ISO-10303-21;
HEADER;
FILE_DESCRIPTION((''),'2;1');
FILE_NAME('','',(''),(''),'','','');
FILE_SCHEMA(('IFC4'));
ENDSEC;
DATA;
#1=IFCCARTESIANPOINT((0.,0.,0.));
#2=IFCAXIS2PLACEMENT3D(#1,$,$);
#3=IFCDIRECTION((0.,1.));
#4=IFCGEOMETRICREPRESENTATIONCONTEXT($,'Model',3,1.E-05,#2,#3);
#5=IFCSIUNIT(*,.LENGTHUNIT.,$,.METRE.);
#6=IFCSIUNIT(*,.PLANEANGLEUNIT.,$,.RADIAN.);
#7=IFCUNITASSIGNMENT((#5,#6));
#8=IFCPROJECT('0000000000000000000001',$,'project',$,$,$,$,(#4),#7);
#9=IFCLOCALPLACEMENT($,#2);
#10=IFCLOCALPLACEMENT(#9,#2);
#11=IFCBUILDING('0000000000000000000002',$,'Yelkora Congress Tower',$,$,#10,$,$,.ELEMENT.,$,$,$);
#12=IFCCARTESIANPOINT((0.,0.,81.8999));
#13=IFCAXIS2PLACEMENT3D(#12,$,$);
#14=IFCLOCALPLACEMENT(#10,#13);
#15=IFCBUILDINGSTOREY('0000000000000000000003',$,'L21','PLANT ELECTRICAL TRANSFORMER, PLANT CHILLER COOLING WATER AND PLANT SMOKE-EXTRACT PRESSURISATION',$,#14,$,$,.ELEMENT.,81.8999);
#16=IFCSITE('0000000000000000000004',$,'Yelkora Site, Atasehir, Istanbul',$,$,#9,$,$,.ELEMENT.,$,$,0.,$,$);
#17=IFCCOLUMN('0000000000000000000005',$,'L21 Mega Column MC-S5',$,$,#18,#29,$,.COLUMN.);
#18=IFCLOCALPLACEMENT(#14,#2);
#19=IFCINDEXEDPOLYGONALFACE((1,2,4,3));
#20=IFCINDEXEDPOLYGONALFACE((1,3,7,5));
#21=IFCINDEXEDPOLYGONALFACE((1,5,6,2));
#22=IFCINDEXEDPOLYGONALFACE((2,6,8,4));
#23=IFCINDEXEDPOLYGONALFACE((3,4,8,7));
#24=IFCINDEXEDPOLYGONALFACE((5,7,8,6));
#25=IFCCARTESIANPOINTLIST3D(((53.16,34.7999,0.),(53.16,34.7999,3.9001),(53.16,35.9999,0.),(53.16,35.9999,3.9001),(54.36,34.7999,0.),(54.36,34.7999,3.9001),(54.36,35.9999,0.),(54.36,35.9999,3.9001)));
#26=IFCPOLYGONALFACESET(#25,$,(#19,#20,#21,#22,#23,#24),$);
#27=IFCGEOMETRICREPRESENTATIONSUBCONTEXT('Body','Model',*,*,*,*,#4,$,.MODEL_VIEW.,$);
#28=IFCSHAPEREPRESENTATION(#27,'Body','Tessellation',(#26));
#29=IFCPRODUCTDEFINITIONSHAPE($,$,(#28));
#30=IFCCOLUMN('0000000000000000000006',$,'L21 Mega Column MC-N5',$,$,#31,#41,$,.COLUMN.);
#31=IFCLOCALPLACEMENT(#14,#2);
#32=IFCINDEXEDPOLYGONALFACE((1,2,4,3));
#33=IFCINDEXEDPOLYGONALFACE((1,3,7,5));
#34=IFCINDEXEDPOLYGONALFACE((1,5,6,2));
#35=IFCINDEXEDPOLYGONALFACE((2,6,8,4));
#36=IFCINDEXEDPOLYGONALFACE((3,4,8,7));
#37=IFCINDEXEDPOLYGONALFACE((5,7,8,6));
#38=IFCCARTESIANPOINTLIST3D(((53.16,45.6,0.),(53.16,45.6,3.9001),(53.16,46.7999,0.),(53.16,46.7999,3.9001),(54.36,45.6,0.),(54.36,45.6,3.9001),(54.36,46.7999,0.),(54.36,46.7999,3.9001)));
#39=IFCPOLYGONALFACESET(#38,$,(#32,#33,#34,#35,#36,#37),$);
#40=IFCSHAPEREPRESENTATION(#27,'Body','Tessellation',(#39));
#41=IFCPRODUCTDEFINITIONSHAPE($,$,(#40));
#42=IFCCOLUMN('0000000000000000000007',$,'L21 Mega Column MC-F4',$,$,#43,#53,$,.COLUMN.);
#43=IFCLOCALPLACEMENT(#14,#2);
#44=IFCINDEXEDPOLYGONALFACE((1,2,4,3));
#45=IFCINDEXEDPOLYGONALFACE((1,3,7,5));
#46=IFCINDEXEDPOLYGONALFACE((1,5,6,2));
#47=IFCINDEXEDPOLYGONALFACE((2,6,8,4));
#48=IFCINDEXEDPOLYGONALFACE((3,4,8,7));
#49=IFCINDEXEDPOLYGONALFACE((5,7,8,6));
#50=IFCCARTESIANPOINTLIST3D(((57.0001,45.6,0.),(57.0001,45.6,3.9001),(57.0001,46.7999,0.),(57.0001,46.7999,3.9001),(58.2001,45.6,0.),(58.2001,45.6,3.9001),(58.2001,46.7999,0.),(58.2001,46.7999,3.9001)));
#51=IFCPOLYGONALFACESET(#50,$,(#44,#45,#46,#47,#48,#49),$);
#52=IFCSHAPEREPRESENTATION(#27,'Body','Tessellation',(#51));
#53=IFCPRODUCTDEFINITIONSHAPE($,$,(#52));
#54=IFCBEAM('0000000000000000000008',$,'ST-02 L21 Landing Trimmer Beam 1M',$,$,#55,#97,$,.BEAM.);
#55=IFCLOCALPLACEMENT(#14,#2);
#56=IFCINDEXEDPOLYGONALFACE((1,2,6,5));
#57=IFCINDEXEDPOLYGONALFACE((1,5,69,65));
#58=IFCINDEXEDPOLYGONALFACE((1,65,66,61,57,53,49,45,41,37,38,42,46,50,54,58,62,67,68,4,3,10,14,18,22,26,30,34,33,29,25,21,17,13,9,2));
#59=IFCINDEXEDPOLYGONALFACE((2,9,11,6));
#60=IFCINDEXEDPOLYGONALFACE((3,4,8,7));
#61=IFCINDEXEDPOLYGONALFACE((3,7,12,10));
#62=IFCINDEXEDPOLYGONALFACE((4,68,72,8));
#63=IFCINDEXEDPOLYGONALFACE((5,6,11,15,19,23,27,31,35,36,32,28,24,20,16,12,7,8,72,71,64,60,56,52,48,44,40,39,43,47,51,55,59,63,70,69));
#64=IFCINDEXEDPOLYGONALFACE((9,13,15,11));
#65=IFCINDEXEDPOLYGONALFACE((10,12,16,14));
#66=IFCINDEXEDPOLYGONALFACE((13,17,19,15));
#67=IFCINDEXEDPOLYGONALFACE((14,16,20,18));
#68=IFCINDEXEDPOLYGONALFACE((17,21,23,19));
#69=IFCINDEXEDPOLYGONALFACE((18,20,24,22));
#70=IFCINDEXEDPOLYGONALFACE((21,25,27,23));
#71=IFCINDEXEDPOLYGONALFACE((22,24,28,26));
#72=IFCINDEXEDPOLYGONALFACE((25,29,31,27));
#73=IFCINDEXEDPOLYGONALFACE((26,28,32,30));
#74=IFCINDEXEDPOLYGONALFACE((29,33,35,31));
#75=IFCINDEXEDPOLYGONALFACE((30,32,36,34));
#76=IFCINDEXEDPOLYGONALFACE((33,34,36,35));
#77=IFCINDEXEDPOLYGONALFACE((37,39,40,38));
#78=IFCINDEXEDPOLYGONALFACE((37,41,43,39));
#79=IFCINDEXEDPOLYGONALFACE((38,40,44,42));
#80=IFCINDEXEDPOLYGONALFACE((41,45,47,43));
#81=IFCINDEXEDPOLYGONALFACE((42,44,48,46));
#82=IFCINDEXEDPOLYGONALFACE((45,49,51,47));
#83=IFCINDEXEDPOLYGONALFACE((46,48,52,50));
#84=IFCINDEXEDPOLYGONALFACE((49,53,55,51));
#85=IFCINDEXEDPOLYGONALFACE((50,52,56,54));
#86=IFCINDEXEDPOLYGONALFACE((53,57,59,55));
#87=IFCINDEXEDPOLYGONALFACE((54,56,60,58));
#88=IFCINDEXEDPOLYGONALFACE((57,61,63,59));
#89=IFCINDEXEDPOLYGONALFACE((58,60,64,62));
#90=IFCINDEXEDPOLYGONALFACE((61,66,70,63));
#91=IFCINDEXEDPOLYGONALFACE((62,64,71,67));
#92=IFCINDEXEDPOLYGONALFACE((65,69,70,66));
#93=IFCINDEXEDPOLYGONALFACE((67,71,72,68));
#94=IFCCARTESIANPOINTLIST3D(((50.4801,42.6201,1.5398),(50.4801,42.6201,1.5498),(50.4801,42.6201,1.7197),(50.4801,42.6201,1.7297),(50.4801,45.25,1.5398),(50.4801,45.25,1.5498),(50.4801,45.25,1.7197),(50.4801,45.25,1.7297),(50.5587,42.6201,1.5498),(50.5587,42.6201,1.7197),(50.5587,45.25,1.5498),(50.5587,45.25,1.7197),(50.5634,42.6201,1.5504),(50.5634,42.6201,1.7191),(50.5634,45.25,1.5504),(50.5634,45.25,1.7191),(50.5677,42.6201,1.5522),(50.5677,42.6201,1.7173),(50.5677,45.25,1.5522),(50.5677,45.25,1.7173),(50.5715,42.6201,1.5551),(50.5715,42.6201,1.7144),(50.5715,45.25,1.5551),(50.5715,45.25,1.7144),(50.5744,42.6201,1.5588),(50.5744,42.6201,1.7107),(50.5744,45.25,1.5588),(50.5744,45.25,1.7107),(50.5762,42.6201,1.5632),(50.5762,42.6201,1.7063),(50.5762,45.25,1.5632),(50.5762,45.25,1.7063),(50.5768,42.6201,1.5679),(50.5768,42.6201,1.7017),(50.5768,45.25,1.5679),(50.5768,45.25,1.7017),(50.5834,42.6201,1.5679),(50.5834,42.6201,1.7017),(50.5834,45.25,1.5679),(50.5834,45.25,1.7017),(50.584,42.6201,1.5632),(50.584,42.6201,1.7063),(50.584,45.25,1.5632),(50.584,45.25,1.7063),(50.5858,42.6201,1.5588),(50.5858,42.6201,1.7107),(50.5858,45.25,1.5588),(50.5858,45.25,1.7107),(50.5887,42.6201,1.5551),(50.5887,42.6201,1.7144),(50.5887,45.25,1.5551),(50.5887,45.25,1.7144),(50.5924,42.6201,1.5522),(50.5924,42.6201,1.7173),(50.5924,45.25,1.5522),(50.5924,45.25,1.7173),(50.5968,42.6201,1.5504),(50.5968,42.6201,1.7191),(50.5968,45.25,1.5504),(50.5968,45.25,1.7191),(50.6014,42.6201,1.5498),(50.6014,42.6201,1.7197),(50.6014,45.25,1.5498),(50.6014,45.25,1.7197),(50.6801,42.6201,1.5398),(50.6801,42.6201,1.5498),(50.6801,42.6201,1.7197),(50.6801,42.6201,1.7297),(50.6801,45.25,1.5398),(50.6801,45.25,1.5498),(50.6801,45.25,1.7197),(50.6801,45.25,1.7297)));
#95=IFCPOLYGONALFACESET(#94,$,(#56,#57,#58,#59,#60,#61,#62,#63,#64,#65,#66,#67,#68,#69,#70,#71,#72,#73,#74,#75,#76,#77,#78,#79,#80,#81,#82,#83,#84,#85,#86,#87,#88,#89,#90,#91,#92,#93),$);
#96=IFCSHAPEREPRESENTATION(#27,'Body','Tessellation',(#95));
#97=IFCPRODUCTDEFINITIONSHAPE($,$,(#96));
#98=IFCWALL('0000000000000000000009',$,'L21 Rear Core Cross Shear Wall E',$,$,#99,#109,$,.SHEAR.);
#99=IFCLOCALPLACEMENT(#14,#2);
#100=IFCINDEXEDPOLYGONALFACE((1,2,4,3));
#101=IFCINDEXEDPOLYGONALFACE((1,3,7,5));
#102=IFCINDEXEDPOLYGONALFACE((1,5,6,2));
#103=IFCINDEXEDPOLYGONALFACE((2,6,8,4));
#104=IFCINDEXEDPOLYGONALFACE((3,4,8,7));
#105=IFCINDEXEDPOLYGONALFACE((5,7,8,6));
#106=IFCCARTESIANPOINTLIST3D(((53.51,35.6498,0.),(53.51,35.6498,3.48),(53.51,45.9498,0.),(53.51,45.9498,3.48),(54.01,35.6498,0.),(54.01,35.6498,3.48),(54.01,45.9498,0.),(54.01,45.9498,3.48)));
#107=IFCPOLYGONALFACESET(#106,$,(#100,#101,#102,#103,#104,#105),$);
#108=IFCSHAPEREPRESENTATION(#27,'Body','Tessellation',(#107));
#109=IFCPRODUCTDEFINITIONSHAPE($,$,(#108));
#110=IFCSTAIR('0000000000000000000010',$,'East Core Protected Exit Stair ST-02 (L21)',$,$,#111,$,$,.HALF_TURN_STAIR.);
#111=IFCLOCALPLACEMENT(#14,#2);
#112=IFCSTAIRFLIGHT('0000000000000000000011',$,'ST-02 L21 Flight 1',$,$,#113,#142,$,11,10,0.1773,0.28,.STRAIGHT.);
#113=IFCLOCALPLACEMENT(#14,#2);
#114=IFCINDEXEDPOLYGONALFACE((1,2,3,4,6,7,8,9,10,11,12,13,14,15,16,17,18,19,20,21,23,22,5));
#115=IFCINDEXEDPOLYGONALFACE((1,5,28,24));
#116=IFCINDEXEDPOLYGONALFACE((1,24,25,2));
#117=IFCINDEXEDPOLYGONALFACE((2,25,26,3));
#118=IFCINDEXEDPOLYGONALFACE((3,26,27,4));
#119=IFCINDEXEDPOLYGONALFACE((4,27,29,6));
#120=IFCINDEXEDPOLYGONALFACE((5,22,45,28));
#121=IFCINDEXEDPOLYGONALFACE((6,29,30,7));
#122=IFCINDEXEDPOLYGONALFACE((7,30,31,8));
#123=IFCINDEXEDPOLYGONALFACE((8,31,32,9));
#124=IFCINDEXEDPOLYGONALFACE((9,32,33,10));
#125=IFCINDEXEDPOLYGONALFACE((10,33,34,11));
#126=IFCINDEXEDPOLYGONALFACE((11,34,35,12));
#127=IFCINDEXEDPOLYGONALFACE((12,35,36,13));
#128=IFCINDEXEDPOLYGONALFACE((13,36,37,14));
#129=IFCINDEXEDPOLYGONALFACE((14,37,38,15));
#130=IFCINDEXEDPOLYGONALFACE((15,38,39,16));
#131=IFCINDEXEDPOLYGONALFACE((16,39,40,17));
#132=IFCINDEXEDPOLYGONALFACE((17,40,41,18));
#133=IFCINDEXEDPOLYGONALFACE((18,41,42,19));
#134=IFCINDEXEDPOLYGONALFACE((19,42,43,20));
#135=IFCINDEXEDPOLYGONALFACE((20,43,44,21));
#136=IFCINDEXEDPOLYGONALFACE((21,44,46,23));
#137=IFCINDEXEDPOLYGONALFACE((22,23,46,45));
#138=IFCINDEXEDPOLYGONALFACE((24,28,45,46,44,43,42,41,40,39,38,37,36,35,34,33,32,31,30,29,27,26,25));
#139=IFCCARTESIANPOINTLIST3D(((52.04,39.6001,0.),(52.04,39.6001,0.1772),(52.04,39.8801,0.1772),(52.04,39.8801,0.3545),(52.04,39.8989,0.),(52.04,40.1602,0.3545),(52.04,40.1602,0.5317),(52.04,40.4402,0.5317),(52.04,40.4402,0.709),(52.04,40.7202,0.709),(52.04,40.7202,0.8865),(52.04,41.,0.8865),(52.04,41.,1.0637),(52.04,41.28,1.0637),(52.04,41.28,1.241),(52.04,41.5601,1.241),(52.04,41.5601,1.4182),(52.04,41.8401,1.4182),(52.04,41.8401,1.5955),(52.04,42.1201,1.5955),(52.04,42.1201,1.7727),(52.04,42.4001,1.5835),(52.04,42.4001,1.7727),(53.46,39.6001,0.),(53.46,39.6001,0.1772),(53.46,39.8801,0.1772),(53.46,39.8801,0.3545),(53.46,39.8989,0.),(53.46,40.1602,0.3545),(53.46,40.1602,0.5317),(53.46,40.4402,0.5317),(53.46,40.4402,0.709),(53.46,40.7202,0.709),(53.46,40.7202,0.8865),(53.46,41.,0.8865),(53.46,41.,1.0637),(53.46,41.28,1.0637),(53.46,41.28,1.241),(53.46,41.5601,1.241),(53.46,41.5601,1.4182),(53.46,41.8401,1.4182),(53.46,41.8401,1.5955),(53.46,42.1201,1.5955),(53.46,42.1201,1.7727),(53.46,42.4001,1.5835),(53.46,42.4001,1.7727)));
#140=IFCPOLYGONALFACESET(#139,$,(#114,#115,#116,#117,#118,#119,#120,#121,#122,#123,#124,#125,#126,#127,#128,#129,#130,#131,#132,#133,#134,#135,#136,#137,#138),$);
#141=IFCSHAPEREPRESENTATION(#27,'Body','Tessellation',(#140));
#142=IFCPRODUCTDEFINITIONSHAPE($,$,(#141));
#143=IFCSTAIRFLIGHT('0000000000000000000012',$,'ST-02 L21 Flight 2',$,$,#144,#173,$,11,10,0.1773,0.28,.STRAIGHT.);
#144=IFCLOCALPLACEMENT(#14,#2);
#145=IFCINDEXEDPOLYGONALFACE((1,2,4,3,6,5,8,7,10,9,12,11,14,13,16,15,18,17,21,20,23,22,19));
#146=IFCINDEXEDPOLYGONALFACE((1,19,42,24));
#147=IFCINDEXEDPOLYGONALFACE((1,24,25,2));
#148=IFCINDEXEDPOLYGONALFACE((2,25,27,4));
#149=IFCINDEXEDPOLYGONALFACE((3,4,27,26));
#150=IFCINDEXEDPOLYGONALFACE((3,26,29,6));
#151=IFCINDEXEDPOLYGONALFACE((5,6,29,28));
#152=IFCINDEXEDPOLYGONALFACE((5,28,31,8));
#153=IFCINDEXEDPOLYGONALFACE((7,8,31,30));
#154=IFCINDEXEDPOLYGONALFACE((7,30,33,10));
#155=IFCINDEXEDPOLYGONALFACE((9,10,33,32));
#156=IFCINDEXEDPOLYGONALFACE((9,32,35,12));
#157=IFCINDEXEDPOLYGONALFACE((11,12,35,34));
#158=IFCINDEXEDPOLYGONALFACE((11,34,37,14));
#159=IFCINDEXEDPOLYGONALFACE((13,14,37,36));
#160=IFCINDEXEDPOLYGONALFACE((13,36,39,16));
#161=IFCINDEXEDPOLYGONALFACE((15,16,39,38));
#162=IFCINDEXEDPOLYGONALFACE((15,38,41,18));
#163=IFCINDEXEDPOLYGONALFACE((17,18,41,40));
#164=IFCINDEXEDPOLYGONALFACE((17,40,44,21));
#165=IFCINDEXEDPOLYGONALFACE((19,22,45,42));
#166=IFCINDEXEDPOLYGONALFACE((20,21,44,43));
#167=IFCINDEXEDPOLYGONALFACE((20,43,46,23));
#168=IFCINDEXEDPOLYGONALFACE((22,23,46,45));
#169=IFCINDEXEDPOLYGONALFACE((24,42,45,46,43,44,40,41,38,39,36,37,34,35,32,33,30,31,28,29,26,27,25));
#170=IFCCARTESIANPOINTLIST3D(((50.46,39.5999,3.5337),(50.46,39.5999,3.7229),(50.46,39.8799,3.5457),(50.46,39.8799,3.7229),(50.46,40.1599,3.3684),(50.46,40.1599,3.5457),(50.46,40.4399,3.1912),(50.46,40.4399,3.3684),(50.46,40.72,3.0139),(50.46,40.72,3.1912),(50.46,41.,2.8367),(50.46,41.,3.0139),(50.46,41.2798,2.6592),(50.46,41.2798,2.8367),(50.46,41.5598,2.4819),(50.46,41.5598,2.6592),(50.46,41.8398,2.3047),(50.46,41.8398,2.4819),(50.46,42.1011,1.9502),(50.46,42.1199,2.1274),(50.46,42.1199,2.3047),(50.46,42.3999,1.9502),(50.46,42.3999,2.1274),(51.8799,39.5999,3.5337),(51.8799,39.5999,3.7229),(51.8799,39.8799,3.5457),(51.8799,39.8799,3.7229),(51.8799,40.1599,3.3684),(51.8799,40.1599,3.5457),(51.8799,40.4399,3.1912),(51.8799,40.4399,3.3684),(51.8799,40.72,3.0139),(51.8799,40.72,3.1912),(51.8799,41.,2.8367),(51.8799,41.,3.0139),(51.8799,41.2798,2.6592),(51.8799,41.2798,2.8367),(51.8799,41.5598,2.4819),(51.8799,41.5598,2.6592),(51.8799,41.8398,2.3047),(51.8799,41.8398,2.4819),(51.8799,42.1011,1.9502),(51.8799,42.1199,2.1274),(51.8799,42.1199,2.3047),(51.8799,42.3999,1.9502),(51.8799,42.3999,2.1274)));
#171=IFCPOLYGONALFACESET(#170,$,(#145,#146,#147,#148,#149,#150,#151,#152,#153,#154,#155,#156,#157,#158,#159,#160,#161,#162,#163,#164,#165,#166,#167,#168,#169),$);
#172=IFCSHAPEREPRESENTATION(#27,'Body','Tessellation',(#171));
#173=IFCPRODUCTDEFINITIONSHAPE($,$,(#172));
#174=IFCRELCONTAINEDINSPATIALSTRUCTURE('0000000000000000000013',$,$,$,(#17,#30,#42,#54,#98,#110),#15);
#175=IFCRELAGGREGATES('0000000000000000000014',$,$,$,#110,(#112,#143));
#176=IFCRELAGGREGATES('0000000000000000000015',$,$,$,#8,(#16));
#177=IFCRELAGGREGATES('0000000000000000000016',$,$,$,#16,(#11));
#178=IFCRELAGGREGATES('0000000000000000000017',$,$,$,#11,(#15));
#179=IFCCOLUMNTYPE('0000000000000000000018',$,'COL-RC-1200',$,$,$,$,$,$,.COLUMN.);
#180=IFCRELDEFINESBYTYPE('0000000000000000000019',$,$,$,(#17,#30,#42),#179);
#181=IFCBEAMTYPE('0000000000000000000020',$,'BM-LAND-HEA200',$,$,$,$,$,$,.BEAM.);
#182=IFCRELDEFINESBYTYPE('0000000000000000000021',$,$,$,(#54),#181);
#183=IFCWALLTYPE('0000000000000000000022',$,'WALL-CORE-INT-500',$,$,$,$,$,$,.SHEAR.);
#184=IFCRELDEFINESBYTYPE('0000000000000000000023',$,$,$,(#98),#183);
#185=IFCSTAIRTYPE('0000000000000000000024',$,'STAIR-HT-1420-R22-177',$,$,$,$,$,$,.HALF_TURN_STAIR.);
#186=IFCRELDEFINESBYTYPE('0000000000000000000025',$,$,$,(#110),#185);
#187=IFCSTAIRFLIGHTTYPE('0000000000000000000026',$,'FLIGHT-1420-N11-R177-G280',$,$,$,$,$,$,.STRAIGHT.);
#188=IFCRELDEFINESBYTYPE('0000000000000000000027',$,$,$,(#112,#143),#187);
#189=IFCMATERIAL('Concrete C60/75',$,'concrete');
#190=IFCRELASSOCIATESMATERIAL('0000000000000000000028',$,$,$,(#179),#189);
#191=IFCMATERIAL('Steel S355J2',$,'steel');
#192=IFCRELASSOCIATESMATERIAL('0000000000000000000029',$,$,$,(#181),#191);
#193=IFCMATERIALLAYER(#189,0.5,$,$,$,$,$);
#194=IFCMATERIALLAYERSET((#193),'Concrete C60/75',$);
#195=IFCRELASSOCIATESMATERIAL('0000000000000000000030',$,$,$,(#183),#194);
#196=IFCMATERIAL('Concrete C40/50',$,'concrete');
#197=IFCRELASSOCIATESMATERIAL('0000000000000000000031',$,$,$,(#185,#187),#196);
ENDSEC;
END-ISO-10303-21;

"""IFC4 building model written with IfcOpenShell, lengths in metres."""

from ifc_helpers import new_model, si_unit, direction, frame, frame_2d, origin, origin_2d, place, context, subcontext, project, spatial, polyline, rectangle, i_section, outline, extrude, material, layer, layer_set, material_profile, profile_set, type_object, element, aggregate, save


model = new_model("IFC4")

# Units and contexts
model_context = context("Model", 3, precision=1e-05, world=origin(), true_north=direction((0.0, 1.0)))
body_context = subcontext(model_context, "Body", "Model", "MODEL_VIEW")
ifc_project = project(units=[si_unit("LENGTHUNIT", "METRE"), si_unit("PLANEANGLEUNIT", "RADIAN")], contexts=[model_context])

# Site, building, storey
site_placement = place(None, origin())
site = spatial("IfcSite", under=ifc_project, at=site_placement, Name="Yelkora Site, Atasehir, Istanbul", CompositionType="ELEMENT", RefElevation=0.0)
building_placement = place(site_placement, origin())
building = spatial("IfcBuilding", under=site, at=building_placement, Name="Yelkora Congress Tower", CompositionType="ELEMENT")
storey_placement = place(building_placement, frame((0.0, 0.0, 81.8999)))
storey = spatial("IfcBuildingStorey", under=building, at=storey_placement, Name="L21", Description="PLANT ELECTRICAL TRANSFORMER, PLANT CHILLER COOLING WATER AND PLANT SMOKE-EXTRACT PRESSURISATION", CompositionType="ELEMENT", Elevation=81.8999)

# Columns
ifc_material_1 = material(Name="Concrete C60/75", Category="concrete")
ifc_material_profile_1 = material_profile(ifc_material_1, rectangle(XDim=1.2, YDim=1.2, at=origin_2d()), Name="RC 1200x1200")
ifc_profile_set_1 = profile_set([ifc_material_profile_1], Name="Concrete C60/75")
column_type = type_object("IfcColumnType", Name="COL-RC-1200", PredefinedType="COLUMN", material=ifc_profile_set_1)
for number, where, z_axis, x_axis, name in (
    (1, (53.76, 35.3999, 0.0), (0.0, 0.0, 1.0), (1.0, 0.0, 0.0), "L21 Mega Column MC-S5"),
    (2, (53.76, 46.2, 0.0), (0.0, 0.0, 1.0), (1.0, 0.0, 0.0), "L21 Mega Column MC-N5"),
    (3, (57.6001, 46.2, 0.0), (0.0, 0.0, 1.0), (1.0, 0.0, 0.0), "L21 Mega Column MC-F4"),
):
    element("IfcColumn", number, at=place(storey_placement, frame(where, z_axis=z_axis, x_axis=x_axis)), inside=storey, type_object=column_type, Name=name, PredefinedType="COLUMN", context=body_context, shape_type="SweptSolid", body=[
        extrude(rectangle(XDim=1.2, YDim=1.2, at=origin_2d()), origin(), (0.0, 0.0, 1.0), 3.9001),
    ])

# Beam
ifc_material_2 = material(Name="Steel S355J2", Category="steel")
ifc_material_profile_2 = material_profile(ifc_material_2, i_section(OverallWidth=0.2, OverallDepth=0.1899, WebThickness=0.0066, FlangeThickness=0.01, FilletRadius=0.0181, at=origin_2d()), Name="HEA 200")
ifc_profile_set_2 = profile_set([ifc_material_profile_2], Name="Steel S355J2")
beam_type = type_object("IfcBeamType", Name="BM-LAND-HEA200", PredefinedType="BEAM", material=ifc_profile_set_2)
beam_placement = place(storey_placement, frame((50.5801, 42.6201, 1.6348), z_axis=(0.0, 1.0, 0.0), x_axis=(-1.0, 0.0, 0.0)))
element("IfcBeam", 4, at=beam_placement, inside=storey, type_object=beam_type, Name="ST-02 L21 Landing Trimmer Beam 1M", PredefinedType="BEAM", context=body_context, shape_type="SweptSolid", body=[
    extrude(i_section(OverallWidth=0.2, OverallDepth=0.1899, WebThickness=0.0066, FlangeThickness=0.01, FilletRadius=0.0181, at=origin_2d()), origin(), (0.0, 0.0, 1.0), 2.6299),
])

# Wall
ifc_layer_1 = layer(ifc_material_1, 0.5)
ifc_layer_set_1 = layer_set([ifc_layer_1], Name="Concrete C60/75")
wall_type_1 = type_object("IfcWallType", Name="WALL-CORE-INT-500", PredefinedType="SHEAR", material=ifc_layer_set_1)
wall_1_placement = place(storey_placement, frame((53.76, 35.6499, 0.0), z_axis=(0.0, 0.0, 1.0), x_axis=(0.0, 1.0, 0.0)))
element("IfcWall", 5, at=wall_1_placement, inside=storey, type_object=wall_type_1, Name="L21 Rear Core Cross Shear Wall E", PredefinedType="SHEAR", context=body_context, shape_type="SweptSolid", body=[
    extrude(rectangle(XDim=10.3, YDim=0.5, at=frame_2d((5.1499, 0.0))), origin(), (0.0, 0.0, 1.0), 3.48),
])

# Stair, stair flights
ifc_material_3 = material(Name="Concrete C40/50", Category="concrete")
stair_type = type_object("IfcStairType", Name="STAIR-HT-1420-R22-177", PredefinedType="HALF_TURN_STAIR", material=ifc_material_3)
stair_placement = place(storey_placement, origin())
stair = element("IfcStair", 6, at=stair_placement, inside=storey, type_object=stair_type, Name="East Core Protected Exit Stair ST-02 (L21)", PredefinedType="HALF_TURN_STAIR")
stair_flight_type = type_object("IfcStairFlightType", Name="FLIGHT-1420-N11-R177-G280", PredefinedType="STRAIGHT", material=ifc_material_3)
stair_flight_1_placement = place(storey_placement, frame((52.75, 39.6001, 0.0), z_axis=(0.0, 0.0, 1.0), x_axis=(0.0, 1.0, 0.0)))
stair_flight_1 = element("IfcStairFlight", 7, at=stair_flight_1_placement, type_object=stair_flight_type, Name="ST-02 L21 Flight 1", NumberOfRisers=11, NumberOfTreads=10, PredefinedType="STRAIGHT", RiserHeight=0.1773, TreadLength=0.28, context=body_context, shape_type="SweptSolid", body=[
    extrude(outline(polyline([(0.0, 0.0), (0.0, 0.1772), (0.28, 0.1772), (0.28, 0.3545), (0.5601, 0.3545), (0.5601, 0.5317), (0.8401, 0.5317), (0.8401, 0.709), (1.1201, 0.709), (1.1201, 0.8865), (1.3999, 0.8865), (1.3999, 1.0637), (1.6799, 1.0637), (1.6799, 1.241), (1.96, 1.241), (1.96, 1.4182), (2.24, 1.4182), (2.24, 1.5955), (2.52, 1.5955), (2.52, 1.7727), (2.8, 1.7727), (2.8, 1.95), (2.8, 1.5835), (0.2988, 0.0), (0.0, 0.0)])), frame((0.0, 0.71, 0.0), z_axis=(0.0, -1.0, 0.0), x_axis=(1.0, 0.0, 0.0)), (0.0, 0.0, 1.0), 1.4199),
])
stair_flight_2_placement = place(storey_placement, frame((51.1699, 42.3999, 1.9502), z_axis=(0.0, 0.0, 1.0), x_axis=(0.0, -1.0, 0.0)))
stair_flight_2 = element("IfcStairFlight", 8, at=stair_flight_2_placement, type_object=stair_flight_type, Name="ST-02 L21 Flight 2", NumberOfRisers=11, NumberOfTreads=10, PredefinedType="STRAIGHT", RiserHeight=0.1773, TreadLength=0.28, context=body_context, shape_type="SweptSolid", body=[
    extrude(outline(polyline([(0.0, 0.0), (0.0, 0.1772), (0.28, 0.1772), (0.28, 0.3545), (0.5601, 0.3545), (0.5601, 0.5317), (0.8401, 0.5317), (0.8401, 0.709), (1.1201, 0.709), (1.1201, 0.8865), (1.3999, 0.8865), (1.3999, 1.0637), (1.6799, 1.0637), (1.6799, 1.241), (1.96, 1.241), (1.96, 1.4182), (2.24, 1.4182), (2.24, 1.5955), (2.52, 1.5955), (2.52, 1.7727), (2.8, 1.7727), (2.8, 1.95), (2.8, 1.5835), (0.2988, 0.0), (0.0, 0.0)])), frame((0.0, 0.71, 0.0), z_axis=(0.0, -1.0, 0.0), x_axis=(1.0, 0.0, 0.0)), (0.0, 0.0, 1.0), 1.4199),
])
aggregate(stair, [stair_flight_1, stair_flight_2])

save(model, "model.ifc")
